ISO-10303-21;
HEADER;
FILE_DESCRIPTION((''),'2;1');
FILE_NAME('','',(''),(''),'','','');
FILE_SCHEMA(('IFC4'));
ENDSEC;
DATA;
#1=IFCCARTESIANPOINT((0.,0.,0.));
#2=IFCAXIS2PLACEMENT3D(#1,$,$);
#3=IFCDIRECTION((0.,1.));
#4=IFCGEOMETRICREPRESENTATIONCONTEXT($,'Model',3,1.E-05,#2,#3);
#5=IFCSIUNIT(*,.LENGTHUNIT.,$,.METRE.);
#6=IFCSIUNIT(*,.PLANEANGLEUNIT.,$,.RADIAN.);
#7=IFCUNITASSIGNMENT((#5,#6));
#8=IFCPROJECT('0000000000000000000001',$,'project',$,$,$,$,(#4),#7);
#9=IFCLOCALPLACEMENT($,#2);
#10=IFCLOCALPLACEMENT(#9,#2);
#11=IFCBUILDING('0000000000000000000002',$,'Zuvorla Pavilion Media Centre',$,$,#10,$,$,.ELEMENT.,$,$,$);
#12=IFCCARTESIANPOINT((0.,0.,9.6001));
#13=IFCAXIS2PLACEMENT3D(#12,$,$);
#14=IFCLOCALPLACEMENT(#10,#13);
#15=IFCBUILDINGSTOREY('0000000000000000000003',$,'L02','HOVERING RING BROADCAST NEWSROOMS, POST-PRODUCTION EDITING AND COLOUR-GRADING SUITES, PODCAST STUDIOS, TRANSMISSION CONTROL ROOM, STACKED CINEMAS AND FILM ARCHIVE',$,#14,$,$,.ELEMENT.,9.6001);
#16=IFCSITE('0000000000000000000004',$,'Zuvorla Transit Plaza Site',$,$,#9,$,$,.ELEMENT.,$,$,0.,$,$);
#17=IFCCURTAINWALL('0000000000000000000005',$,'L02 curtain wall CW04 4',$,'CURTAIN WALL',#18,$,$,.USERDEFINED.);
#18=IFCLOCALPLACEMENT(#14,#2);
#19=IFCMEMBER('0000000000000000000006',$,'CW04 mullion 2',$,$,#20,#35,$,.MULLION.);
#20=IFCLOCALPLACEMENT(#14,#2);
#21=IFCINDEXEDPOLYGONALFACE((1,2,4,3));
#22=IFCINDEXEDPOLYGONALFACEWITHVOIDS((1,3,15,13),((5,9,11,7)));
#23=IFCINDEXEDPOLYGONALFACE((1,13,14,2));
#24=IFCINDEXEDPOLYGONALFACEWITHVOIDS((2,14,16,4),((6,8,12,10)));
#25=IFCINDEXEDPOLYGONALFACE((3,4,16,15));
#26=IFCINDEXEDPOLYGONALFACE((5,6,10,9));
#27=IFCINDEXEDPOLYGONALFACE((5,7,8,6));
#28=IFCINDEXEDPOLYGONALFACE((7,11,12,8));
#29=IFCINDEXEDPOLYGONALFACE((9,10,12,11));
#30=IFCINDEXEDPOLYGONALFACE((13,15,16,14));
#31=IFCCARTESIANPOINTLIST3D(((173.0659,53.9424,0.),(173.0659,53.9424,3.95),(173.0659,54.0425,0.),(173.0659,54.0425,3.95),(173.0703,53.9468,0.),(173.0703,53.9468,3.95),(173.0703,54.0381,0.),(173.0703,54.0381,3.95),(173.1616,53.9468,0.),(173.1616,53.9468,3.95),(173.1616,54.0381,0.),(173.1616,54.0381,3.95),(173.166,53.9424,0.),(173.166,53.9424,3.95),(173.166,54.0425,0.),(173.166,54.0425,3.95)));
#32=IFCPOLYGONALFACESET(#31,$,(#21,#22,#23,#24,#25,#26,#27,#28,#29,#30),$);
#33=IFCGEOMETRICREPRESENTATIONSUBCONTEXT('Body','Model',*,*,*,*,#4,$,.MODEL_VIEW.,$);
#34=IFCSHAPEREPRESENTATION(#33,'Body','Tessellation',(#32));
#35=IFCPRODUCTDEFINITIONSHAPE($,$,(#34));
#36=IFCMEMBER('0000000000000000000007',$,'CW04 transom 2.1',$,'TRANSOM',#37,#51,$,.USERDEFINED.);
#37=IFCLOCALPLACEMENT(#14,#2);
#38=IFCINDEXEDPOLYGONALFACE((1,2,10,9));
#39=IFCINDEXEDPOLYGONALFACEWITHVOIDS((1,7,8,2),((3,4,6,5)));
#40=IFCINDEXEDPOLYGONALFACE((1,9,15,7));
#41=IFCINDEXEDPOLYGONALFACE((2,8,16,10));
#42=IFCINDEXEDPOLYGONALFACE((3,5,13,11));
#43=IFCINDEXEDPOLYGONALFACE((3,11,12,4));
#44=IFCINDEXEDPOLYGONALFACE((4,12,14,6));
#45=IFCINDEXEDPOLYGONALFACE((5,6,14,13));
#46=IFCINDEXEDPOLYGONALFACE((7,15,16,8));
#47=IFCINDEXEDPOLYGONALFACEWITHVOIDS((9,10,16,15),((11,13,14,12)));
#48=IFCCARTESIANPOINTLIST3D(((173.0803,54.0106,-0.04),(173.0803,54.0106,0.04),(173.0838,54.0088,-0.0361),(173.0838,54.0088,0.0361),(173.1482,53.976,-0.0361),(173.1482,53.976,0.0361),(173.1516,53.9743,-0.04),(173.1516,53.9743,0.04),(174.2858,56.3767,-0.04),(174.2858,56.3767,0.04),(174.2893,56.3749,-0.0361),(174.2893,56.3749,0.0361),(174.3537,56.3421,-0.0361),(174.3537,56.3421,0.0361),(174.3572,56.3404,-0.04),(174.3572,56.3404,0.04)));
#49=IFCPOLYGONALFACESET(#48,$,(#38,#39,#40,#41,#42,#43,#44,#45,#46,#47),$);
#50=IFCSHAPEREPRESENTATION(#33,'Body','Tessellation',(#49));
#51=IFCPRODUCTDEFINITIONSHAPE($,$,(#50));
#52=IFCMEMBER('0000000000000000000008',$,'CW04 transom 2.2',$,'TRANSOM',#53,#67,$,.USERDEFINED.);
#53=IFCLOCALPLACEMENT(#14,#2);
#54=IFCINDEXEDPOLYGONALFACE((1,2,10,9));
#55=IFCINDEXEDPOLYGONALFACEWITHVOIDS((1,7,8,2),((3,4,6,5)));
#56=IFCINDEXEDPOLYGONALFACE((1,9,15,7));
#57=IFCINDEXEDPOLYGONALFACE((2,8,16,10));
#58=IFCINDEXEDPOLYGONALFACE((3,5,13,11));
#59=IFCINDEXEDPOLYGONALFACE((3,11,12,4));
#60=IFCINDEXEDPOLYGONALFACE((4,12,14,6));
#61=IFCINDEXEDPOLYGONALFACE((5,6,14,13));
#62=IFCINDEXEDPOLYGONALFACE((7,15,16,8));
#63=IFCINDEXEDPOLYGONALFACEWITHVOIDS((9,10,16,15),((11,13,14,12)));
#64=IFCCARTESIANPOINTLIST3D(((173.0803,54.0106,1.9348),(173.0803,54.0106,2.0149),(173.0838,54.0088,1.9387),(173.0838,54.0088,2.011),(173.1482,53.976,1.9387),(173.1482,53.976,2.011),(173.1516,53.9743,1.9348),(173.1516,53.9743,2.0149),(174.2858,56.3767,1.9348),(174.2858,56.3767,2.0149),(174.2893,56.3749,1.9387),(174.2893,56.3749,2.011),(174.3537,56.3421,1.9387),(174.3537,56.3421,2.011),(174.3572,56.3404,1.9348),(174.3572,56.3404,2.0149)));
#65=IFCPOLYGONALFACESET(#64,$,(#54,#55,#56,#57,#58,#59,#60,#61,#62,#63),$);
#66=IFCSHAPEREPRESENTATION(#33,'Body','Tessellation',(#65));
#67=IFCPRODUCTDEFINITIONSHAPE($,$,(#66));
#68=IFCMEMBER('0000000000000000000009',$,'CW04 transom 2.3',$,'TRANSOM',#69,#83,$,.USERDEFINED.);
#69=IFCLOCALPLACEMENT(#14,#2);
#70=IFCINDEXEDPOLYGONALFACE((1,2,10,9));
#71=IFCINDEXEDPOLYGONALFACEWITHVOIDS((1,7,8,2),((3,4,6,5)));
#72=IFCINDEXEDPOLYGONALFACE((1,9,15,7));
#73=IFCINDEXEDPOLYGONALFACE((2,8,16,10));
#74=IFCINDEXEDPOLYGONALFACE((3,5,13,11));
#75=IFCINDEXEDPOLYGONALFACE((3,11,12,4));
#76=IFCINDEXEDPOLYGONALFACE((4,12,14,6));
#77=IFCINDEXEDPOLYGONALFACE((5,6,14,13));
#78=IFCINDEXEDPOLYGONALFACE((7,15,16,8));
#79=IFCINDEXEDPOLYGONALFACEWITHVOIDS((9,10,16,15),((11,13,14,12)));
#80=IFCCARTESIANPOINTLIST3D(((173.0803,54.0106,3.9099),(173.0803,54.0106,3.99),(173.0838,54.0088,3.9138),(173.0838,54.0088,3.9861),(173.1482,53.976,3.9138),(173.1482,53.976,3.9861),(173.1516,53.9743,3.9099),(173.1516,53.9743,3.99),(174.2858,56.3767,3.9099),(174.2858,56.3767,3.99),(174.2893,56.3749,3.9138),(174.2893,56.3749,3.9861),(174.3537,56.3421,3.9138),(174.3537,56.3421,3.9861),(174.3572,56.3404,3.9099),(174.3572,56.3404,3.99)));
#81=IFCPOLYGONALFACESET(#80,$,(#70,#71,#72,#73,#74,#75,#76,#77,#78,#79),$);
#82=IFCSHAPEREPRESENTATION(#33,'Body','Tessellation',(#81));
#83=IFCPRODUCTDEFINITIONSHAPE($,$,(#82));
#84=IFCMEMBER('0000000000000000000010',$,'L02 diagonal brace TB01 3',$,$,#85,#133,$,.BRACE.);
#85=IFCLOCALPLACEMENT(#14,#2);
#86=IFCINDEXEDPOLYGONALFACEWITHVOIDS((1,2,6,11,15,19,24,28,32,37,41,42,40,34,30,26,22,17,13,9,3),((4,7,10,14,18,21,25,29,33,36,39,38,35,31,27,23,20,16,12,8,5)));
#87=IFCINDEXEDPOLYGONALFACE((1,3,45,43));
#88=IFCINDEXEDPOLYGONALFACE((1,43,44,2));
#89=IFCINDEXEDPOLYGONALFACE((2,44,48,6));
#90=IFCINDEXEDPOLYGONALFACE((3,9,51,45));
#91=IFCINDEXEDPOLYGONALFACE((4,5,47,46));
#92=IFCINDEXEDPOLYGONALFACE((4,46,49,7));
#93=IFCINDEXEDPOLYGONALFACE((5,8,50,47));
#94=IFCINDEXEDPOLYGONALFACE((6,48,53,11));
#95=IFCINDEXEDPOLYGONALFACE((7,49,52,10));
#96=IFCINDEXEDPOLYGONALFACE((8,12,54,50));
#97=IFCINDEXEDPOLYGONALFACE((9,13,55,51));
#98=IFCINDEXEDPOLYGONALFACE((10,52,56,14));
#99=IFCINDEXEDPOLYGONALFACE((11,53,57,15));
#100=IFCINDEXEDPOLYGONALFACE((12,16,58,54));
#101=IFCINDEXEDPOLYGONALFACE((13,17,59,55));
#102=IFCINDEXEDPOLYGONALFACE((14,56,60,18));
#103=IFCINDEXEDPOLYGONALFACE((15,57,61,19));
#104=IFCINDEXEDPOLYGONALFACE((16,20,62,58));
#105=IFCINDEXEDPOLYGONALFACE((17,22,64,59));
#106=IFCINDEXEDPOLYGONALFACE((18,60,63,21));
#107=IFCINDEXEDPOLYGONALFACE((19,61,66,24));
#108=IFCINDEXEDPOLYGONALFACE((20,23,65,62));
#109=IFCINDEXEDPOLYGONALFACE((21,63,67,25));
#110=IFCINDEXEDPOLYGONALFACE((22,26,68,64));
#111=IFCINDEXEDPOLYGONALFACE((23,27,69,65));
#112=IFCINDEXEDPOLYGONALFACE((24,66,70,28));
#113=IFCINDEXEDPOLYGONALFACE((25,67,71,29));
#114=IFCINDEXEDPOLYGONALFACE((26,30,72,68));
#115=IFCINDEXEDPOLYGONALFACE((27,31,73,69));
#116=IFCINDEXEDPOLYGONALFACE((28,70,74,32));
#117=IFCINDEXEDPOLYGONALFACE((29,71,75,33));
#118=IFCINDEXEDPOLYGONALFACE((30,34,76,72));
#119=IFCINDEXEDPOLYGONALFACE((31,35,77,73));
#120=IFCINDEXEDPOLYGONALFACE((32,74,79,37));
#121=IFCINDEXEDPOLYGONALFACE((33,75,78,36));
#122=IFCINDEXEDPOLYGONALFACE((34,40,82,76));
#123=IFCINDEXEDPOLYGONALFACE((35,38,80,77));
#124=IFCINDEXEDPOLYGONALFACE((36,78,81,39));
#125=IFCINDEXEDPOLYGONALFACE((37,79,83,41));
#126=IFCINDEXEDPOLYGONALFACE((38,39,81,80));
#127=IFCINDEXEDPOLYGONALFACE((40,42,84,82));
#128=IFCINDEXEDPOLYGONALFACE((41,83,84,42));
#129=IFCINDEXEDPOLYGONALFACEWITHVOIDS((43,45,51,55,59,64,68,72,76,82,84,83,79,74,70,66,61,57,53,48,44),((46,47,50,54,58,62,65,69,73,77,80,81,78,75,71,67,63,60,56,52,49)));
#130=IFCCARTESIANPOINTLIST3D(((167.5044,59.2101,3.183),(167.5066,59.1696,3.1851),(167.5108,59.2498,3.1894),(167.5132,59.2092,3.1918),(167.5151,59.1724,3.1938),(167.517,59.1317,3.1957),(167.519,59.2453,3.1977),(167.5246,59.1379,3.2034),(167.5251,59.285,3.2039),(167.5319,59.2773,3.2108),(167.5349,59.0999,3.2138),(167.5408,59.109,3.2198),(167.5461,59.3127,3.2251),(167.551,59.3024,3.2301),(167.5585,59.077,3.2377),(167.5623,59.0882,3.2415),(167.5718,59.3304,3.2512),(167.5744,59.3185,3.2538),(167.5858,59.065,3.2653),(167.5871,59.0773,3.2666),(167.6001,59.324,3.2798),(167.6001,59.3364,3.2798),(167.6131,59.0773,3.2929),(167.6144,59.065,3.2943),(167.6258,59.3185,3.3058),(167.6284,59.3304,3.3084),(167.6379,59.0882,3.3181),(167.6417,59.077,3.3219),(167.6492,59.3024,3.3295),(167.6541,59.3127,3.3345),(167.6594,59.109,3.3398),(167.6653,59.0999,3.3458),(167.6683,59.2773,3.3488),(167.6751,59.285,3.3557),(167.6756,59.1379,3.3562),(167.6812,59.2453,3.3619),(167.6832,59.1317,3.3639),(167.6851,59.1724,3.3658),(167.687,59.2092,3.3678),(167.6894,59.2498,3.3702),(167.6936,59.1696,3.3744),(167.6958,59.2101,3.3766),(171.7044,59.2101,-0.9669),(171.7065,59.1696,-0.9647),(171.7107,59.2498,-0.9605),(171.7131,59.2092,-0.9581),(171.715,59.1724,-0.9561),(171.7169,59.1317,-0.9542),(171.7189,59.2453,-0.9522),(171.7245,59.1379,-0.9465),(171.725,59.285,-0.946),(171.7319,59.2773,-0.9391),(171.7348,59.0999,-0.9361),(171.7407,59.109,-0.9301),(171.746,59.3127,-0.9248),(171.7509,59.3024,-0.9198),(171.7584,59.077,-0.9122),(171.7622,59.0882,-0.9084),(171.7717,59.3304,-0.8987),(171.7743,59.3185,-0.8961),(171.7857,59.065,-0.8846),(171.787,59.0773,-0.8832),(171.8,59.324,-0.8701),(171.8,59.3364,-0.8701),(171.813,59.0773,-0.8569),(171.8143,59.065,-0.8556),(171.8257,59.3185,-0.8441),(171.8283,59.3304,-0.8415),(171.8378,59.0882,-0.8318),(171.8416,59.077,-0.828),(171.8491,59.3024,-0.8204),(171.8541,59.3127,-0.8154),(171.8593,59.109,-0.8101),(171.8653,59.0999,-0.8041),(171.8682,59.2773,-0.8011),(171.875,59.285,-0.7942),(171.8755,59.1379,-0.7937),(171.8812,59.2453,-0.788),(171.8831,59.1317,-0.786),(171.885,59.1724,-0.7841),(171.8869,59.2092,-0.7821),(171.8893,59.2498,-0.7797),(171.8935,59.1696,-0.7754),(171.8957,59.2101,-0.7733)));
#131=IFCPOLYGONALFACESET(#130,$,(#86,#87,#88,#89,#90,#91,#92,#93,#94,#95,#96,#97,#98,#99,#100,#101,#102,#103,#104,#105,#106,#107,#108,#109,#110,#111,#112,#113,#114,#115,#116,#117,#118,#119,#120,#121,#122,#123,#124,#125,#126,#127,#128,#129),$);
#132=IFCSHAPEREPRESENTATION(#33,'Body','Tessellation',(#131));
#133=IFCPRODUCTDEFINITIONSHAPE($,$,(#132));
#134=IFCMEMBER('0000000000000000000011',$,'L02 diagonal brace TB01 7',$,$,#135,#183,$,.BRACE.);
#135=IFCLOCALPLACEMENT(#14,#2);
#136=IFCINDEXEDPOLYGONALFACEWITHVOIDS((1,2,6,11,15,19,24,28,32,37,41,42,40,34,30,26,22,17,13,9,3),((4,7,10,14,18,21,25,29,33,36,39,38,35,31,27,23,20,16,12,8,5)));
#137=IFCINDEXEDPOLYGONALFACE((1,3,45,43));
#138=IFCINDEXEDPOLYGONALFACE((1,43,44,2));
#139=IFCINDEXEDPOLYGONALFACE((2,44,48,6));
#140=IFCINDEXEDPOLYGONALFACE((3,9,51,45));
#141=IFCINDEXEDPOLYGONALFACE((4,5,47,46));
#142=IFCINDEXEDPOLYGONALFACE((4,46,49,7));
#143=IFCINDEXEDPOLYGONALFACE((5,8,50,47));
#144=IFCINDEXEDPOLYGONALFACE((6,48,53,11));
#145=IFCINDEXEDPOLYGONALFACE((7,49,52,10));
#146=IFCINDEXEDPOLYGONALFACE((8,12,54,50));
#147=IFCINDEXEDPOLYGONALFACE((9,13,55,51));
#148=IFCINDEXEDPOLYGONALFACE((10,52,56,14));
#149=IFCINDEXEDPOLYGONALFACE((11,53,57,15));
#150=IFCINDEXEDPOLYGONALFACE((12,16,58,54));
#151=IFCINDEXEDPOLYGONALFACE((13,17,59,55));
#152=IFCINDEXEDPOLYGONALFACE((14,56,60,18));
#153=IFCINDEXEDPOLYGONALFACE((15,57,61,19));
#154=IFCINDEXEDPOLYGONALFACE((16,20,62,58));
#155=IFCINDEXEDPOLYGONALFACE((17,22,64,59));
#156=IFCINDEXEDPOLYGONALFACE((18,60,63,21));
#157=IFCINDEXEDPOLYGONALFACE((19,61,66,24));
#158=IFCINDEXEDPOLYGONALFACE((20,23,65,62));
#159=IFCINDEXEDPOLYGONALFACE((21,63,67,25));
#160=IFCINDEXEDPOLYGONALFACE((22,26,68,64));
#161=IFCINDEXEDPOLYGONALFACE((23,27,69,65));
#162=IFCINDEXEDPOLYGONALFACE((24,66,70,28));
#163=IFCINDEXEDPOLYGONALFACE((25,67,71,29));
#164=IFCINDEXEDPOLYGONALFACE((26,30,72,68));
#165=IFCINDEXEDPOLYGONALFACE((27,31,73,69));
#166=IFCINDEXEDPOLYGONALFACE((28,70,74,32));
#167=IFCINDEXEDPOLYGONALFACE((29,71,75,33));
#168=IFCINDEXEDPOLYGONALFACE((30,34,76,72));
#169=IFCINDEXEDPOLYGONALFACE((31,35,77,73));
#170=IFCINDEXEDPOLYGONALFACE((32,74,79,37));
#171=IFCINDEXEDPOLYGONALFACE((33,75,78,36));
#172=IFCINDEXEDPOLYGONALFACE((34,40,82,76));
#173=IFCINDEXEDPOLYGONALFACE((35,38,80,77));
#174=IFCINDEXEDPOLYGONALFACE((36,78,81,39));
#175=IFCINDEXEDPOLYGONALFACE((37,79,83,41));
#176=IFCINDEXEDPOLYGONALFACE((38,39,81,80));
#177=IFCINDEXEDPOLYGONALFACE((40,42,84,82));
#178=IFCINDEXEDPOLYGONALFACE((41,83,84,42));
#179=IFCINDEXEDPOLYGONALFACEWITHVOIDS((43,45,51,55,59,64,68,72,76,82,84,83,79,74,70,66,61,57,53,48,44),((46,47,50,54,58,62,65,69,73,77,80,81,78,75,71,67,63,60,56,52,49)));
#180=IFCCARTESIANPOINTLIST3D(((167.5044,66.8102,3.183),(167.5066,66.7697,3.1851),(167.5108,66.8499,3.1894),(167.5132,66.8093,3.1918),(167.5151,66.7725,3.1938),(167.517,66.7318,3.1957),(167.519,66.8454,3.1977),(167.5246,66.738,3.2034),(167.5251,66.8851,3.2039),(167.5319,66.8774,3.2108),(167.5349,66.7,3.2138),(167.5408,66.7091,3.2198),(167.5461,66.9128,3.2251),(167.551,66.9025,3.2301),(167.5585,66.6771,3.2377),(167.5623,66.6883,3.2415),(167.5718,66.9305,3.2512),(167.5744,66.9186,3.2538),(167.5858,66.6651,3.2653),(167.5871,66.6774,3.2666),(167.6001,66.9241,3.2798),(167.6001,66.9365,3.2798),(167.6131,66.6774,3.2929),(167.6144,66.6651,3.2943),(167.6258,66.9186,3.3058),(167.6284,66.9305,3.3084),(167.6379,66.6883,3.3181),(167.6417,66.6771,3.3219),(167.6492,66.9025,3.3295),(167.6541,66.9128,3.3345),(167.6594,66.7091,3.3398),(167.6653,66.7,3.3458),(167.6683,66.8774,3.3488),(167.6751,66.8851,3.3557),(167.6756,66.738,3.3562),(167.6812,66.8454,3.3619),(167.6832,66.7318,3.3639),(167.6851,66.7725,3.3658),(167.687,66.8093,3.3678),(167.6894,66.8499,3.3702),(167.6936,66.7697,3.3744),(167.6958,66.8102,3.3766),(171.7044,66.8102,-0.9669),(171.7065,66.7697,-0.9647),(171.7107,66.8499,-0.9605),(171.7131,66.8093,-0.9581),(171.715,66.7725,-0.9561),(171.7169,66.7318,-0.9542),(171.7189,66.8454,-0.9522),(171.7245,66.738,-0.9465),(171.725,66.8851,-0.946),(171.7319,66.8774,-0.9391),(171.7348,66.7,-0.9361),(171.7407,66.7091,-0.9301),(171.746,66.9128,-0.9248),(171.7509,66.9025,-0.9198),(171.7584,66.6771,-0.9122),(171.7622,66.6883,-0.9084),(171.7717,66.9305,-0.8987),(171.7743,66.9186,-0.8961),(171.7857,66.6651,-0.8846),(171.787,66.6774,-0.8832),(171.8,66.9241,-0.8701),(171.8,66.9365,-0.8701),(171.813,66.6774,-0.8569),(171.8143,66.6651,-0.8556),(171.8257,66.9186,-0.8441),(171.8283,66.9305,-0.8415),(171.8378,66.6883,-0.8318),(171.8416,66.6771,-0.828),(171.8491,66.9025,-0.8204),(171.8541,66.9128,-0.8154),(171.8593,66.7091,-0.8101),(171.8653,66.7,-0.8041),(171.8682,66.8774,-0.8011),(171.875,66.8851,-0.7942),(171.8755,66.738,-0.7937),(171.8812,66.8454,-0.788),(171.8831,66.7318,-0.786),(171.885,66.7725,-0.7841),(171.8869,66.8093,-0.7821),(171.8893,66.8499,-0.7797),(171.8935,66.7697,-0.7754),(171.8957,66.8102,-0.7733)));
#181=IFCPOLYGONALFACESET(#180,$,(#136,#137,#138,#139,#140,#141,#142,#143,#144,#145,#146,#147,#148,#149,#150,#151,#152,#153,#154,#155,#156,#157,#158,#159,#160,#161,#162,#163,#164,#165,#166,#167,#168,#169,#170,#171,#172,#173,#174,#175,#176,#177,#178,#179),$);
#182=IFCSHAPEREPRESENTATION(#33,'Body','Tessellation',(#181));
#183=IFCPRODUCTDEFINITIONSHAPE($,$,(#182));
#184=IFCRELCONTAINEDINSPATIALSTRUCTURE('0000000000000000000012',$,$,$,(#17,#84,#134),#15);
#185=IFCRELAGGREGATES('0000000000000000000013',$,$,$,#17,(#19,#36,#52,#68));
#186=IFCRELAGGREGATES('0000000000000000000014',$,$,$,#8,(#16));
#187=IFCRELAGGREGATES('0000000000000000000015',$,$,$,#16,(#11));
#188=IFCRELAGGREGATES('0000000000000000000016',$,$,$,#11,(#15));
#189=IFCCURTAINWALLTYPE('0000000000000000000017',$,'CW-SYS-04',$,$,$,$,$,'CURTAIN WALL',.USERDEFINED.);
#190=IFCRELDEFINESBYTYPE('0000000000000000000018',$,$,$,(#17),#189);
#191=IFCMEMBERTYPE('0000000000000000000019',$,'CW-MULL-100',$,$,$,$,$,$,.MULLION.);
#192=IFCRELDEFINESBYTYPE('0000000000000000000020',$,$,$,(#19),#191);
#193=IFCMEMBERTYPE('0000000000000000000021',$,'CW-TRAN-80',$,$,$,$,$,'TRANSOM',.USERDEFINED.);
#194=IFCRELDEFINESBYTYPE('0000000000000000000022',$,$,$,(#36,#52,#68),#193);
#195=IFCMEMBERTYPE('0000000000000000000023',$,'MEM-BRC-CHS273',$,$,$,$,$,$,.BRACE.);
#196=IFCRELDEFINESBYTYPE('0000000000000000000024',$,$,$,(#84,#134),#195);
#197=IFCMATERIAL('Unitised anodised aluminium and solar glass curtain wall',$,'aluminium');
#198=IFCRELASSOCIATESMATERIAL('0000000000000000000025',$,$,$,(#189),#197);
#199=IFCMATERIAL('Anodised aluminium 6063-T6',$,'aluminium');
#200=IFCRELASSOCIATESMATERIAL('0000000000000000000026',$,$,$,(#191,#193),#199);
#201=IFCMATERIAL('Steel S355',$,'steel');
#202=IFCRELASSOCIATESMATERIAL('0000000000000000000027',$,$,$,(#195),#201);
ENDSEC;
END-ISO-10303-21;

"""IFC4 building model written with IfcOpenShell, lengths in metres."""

from ifc_helpers import new_model, si_unit, direction, frame, origin, origin_2d, place, context, subcontext, project, spatial, hollow_rectangle, hollow_circle, extrude, material, material_profile, profile_set, type_object, element, aggregate, save


model = new_model("IFC4")

# Units and contexts
model_context = context("Model", 3, precision=1e-05, world=origin(), true_north=direction((0.0, 1.0)))
body_context = subcontext(model_context, "Body", "Model", "MODEL_VIEW")
ifc_project = project(units=[si_unit("LENGTHUNIT", "METRE"), si_unit("PLANEANGLEUNIT", "RADIAN")], contexts=[model_context])

# Site, building, storey
site_placement = place(None, origin())
site = spatial("IfcSite", under=ifc_project, at=site_placement, Name="Zuvorla Transit Plaza Site", CompositionType="ELEMENT", RefElevation=0.0)
building_placement = place(site_placement, origin())
building = spatial("IfcBuilding", under=site, at=building_placement, Name="Zuvorla Pavilion Media Centre", CompositionType="ELEMENT")
storey_placement = place(building_placement, frame((0.0, 0.0, 9.6001)))
storey = spatial("IfcBuildingStorey", under=building, at=storey_placement, Name="L02", Description="HOVERING RING BROADCAST NEWSROOMS, POST-PRODUCTION EDITING AND COLOUR-GRADING SUITES, PODCAST STUDIOS, TRANSMISSION CONTROL ROOM, STACKED CINEMAS AND FILM ARCHIVE", CompositionType="ELEMENT", Elevation=9.6001)

# Shared definitions
ifc_material_1 = material(Name="Steel S355", Category="steel")

# Curtain wall, members
ifc_material_2 = material(Name="Unitised anodised aluminium and solar glass curtain wall", Category="aluminium")
curtain_wall_type = type_object("IfcCurtainWallType", Name="CW-SYS-04", ElementType="CURTAIN WALL", PredefinedType="USERDEFINED", material=ifc_material_2)
curtain_wall_placement = place(storey_placement, origin())
curtain_wall = element("IfcCurtainWall", 1, at=curtain_wall_placement, inside=storey, type_object=curtain_wall_type, Name="L02 curtain wall CW04 4", ObjectType="CURTAIN WALL", PredefinedType="USERDEFINED")
ifc_material_3 = material(Name="Anodised aluminium 6063-T6", Category="aluminium")
ifc_material_profile_1 = material_profile(ifc_material_3, hollow_rectangle(XDim=0.1001, YDim=0.1001, WallThickness=0.0044, at=origin_2d()), Name="ALU MULL 100x100")
ifc_profile_set_1 = profile_set([ifc_material_profile_1], Name="Anodised aluminium 6063-T6")
member_type_1 = type_object("IfcMemberType", Name="CW-MULL-100", PredefinedType="MULLION", material=ifc_profile_set_1)
member_1_placement = place(storey_placement, frame((173.116, 53.9924, 0.0), z_axis=(0.0, 0.0, 1.0), x_axis=(1.0, 0.0, 0.0)))
member_1 = element("IfcMember", 2, at=member_1_placement, type_object=member_type_1, Name="CW04 mullion 2", PredefinedType="MULLION", context=body_context, shape_type="SweptSolid", body=[
    extrude(hollow_rectangle(XDim=0.1001, YDim=0.1001, WallThickness=0.0044, at=origin_2d()), origin(), (0.0, 0.0, 1.0), 3.95),
])
ifc_material_profile_2 = material_profile(ifc_material_3, hollow_rectangle(XDim=0.0801, YDim=0.0801, WallThickness=0.0039, at=origin_2d()), Name="ALU TRAN 80x80")
ifc_profile_set_2 = profile_set([ifc_material_profile_2], Name="Anodised aluminium 6063-T6")
member_type_2 = type_object("IfcMemberType", Name="CW-TRAN-80", ElementType="TRANSOM", PredefinedType="USERDEFINED", material=ifc_profile_set_2)
member_2_placement = place(storey_placement, frame((173.116, 53.9924, 0.0), z_axis=(0.453967, 0.891018, 0.0), x_axis=(-0.891018, 0.453967, 0.0)))
member_2 = element("IfcMember", 3, at=member_2_placement, type_object=member_type_2, Name="CW04 transom 2.1", ObjectType="TRANSOM", PredefinedType="USERDEFINED", context=body_context, shape_type="SweptSolid", body=[
    extrude(hollow_rectangle(XDim=0.0801, YDim=0.0801, WallThickness=0.0039, at=origin_2d()), origin(), (0.0, 0.0, 1.0), 2.6555),
])
member_3_placement = place(storey_placement, frame((173.116, 53.9924, 1.9749), z_axis=(0.453967, 0.891018, 0.0), x_axis=(-0.891018, 0.453967, 0.0)))
member_3 = element("IfcMember", 4, at=member_3_placement, type_object=member_type_2, Name="CW04 transom 2.2", ObjectType="TRANSOM", PredefinedType="USERDEFINED", context=body_context, shape_type="SweptSolid", body=[
    extrude(hollow_rectangle(XDim=0.0801, YDim=0.0801, WallThickness=0.0039, at=origin_2d()), origin(), (0.0, 0.0, 1.0), 2.6555),
])
member_4_placement = place(storey_placement, frame((173.116, 53.9924, 3.95), z_axis=(0.453967, 0.891018, 0.0), x_axis=(-0.891018, 0.453967, 0.0)))
member_4 = element("IfcMember", 5, at=member_4_placement, type_object=member_type_2, Name="CW04 transom 2.3", ObjectType="TRANSOM", PredefinedType="USERDEFINED", context=body_context, shape_type="SweptSolid", body=[
    extrude(hollow_rectangle(XDim=0.0801, YDim=0.0801, WallThickness=0.0039, at=origin_2d()), origin(), (0.0, 0.0, 1.0), 2.6555),
])

# Members
ifc_material_profile_3 = material_profile(ifc_material_1, hollow_circle(Radius=0.1365, WallThickness=0.0125, at=origin_2d()), Name="CHS 273x12.5")
ifc_profile_set_3 = profile_set([ifc_material_profile_3], Name="Steel S355")
member_type_3 = type_object("IfcMemberType", Name="MEM-BRC-CHS273", PredefinedType="BRACE", material=ifc_profile_set_3)
for number, where, z_axis, x_axis, name in (
    (6, (167.6001, 59.2, 3.2798), (0.711332, 0.0, -0.702856), (0.0, 1.0, 0.0), "L02 diagonal brace TB01 3"),
    (7, (167.6001, 66.8, 3.2798), (0.711332, 0.0, -0.702856), (0.0, 1.0, 0.0), "L02 diagonal brace TB01 7"),
):
    element("IfcMember", number, at=place(storey_placement, frame(where, z_axis=z_axis, x_axis=x_axis)), inside=storey, type_object=member_type_3, Name=name, PredefinedType="BRACE", context=body_context, shape_type="SweptSolid", body=[
        extrude(hollow_circle(Radius=0.1365, WallThickness=0.0125, at=origin_2d()), origin(), (0.0, 0.0, 1.0), 5.9043),
    ])

aggregate(curtain_wall, [member_1, member_2, member_3, member_4])

save(model, "model.ifc")
